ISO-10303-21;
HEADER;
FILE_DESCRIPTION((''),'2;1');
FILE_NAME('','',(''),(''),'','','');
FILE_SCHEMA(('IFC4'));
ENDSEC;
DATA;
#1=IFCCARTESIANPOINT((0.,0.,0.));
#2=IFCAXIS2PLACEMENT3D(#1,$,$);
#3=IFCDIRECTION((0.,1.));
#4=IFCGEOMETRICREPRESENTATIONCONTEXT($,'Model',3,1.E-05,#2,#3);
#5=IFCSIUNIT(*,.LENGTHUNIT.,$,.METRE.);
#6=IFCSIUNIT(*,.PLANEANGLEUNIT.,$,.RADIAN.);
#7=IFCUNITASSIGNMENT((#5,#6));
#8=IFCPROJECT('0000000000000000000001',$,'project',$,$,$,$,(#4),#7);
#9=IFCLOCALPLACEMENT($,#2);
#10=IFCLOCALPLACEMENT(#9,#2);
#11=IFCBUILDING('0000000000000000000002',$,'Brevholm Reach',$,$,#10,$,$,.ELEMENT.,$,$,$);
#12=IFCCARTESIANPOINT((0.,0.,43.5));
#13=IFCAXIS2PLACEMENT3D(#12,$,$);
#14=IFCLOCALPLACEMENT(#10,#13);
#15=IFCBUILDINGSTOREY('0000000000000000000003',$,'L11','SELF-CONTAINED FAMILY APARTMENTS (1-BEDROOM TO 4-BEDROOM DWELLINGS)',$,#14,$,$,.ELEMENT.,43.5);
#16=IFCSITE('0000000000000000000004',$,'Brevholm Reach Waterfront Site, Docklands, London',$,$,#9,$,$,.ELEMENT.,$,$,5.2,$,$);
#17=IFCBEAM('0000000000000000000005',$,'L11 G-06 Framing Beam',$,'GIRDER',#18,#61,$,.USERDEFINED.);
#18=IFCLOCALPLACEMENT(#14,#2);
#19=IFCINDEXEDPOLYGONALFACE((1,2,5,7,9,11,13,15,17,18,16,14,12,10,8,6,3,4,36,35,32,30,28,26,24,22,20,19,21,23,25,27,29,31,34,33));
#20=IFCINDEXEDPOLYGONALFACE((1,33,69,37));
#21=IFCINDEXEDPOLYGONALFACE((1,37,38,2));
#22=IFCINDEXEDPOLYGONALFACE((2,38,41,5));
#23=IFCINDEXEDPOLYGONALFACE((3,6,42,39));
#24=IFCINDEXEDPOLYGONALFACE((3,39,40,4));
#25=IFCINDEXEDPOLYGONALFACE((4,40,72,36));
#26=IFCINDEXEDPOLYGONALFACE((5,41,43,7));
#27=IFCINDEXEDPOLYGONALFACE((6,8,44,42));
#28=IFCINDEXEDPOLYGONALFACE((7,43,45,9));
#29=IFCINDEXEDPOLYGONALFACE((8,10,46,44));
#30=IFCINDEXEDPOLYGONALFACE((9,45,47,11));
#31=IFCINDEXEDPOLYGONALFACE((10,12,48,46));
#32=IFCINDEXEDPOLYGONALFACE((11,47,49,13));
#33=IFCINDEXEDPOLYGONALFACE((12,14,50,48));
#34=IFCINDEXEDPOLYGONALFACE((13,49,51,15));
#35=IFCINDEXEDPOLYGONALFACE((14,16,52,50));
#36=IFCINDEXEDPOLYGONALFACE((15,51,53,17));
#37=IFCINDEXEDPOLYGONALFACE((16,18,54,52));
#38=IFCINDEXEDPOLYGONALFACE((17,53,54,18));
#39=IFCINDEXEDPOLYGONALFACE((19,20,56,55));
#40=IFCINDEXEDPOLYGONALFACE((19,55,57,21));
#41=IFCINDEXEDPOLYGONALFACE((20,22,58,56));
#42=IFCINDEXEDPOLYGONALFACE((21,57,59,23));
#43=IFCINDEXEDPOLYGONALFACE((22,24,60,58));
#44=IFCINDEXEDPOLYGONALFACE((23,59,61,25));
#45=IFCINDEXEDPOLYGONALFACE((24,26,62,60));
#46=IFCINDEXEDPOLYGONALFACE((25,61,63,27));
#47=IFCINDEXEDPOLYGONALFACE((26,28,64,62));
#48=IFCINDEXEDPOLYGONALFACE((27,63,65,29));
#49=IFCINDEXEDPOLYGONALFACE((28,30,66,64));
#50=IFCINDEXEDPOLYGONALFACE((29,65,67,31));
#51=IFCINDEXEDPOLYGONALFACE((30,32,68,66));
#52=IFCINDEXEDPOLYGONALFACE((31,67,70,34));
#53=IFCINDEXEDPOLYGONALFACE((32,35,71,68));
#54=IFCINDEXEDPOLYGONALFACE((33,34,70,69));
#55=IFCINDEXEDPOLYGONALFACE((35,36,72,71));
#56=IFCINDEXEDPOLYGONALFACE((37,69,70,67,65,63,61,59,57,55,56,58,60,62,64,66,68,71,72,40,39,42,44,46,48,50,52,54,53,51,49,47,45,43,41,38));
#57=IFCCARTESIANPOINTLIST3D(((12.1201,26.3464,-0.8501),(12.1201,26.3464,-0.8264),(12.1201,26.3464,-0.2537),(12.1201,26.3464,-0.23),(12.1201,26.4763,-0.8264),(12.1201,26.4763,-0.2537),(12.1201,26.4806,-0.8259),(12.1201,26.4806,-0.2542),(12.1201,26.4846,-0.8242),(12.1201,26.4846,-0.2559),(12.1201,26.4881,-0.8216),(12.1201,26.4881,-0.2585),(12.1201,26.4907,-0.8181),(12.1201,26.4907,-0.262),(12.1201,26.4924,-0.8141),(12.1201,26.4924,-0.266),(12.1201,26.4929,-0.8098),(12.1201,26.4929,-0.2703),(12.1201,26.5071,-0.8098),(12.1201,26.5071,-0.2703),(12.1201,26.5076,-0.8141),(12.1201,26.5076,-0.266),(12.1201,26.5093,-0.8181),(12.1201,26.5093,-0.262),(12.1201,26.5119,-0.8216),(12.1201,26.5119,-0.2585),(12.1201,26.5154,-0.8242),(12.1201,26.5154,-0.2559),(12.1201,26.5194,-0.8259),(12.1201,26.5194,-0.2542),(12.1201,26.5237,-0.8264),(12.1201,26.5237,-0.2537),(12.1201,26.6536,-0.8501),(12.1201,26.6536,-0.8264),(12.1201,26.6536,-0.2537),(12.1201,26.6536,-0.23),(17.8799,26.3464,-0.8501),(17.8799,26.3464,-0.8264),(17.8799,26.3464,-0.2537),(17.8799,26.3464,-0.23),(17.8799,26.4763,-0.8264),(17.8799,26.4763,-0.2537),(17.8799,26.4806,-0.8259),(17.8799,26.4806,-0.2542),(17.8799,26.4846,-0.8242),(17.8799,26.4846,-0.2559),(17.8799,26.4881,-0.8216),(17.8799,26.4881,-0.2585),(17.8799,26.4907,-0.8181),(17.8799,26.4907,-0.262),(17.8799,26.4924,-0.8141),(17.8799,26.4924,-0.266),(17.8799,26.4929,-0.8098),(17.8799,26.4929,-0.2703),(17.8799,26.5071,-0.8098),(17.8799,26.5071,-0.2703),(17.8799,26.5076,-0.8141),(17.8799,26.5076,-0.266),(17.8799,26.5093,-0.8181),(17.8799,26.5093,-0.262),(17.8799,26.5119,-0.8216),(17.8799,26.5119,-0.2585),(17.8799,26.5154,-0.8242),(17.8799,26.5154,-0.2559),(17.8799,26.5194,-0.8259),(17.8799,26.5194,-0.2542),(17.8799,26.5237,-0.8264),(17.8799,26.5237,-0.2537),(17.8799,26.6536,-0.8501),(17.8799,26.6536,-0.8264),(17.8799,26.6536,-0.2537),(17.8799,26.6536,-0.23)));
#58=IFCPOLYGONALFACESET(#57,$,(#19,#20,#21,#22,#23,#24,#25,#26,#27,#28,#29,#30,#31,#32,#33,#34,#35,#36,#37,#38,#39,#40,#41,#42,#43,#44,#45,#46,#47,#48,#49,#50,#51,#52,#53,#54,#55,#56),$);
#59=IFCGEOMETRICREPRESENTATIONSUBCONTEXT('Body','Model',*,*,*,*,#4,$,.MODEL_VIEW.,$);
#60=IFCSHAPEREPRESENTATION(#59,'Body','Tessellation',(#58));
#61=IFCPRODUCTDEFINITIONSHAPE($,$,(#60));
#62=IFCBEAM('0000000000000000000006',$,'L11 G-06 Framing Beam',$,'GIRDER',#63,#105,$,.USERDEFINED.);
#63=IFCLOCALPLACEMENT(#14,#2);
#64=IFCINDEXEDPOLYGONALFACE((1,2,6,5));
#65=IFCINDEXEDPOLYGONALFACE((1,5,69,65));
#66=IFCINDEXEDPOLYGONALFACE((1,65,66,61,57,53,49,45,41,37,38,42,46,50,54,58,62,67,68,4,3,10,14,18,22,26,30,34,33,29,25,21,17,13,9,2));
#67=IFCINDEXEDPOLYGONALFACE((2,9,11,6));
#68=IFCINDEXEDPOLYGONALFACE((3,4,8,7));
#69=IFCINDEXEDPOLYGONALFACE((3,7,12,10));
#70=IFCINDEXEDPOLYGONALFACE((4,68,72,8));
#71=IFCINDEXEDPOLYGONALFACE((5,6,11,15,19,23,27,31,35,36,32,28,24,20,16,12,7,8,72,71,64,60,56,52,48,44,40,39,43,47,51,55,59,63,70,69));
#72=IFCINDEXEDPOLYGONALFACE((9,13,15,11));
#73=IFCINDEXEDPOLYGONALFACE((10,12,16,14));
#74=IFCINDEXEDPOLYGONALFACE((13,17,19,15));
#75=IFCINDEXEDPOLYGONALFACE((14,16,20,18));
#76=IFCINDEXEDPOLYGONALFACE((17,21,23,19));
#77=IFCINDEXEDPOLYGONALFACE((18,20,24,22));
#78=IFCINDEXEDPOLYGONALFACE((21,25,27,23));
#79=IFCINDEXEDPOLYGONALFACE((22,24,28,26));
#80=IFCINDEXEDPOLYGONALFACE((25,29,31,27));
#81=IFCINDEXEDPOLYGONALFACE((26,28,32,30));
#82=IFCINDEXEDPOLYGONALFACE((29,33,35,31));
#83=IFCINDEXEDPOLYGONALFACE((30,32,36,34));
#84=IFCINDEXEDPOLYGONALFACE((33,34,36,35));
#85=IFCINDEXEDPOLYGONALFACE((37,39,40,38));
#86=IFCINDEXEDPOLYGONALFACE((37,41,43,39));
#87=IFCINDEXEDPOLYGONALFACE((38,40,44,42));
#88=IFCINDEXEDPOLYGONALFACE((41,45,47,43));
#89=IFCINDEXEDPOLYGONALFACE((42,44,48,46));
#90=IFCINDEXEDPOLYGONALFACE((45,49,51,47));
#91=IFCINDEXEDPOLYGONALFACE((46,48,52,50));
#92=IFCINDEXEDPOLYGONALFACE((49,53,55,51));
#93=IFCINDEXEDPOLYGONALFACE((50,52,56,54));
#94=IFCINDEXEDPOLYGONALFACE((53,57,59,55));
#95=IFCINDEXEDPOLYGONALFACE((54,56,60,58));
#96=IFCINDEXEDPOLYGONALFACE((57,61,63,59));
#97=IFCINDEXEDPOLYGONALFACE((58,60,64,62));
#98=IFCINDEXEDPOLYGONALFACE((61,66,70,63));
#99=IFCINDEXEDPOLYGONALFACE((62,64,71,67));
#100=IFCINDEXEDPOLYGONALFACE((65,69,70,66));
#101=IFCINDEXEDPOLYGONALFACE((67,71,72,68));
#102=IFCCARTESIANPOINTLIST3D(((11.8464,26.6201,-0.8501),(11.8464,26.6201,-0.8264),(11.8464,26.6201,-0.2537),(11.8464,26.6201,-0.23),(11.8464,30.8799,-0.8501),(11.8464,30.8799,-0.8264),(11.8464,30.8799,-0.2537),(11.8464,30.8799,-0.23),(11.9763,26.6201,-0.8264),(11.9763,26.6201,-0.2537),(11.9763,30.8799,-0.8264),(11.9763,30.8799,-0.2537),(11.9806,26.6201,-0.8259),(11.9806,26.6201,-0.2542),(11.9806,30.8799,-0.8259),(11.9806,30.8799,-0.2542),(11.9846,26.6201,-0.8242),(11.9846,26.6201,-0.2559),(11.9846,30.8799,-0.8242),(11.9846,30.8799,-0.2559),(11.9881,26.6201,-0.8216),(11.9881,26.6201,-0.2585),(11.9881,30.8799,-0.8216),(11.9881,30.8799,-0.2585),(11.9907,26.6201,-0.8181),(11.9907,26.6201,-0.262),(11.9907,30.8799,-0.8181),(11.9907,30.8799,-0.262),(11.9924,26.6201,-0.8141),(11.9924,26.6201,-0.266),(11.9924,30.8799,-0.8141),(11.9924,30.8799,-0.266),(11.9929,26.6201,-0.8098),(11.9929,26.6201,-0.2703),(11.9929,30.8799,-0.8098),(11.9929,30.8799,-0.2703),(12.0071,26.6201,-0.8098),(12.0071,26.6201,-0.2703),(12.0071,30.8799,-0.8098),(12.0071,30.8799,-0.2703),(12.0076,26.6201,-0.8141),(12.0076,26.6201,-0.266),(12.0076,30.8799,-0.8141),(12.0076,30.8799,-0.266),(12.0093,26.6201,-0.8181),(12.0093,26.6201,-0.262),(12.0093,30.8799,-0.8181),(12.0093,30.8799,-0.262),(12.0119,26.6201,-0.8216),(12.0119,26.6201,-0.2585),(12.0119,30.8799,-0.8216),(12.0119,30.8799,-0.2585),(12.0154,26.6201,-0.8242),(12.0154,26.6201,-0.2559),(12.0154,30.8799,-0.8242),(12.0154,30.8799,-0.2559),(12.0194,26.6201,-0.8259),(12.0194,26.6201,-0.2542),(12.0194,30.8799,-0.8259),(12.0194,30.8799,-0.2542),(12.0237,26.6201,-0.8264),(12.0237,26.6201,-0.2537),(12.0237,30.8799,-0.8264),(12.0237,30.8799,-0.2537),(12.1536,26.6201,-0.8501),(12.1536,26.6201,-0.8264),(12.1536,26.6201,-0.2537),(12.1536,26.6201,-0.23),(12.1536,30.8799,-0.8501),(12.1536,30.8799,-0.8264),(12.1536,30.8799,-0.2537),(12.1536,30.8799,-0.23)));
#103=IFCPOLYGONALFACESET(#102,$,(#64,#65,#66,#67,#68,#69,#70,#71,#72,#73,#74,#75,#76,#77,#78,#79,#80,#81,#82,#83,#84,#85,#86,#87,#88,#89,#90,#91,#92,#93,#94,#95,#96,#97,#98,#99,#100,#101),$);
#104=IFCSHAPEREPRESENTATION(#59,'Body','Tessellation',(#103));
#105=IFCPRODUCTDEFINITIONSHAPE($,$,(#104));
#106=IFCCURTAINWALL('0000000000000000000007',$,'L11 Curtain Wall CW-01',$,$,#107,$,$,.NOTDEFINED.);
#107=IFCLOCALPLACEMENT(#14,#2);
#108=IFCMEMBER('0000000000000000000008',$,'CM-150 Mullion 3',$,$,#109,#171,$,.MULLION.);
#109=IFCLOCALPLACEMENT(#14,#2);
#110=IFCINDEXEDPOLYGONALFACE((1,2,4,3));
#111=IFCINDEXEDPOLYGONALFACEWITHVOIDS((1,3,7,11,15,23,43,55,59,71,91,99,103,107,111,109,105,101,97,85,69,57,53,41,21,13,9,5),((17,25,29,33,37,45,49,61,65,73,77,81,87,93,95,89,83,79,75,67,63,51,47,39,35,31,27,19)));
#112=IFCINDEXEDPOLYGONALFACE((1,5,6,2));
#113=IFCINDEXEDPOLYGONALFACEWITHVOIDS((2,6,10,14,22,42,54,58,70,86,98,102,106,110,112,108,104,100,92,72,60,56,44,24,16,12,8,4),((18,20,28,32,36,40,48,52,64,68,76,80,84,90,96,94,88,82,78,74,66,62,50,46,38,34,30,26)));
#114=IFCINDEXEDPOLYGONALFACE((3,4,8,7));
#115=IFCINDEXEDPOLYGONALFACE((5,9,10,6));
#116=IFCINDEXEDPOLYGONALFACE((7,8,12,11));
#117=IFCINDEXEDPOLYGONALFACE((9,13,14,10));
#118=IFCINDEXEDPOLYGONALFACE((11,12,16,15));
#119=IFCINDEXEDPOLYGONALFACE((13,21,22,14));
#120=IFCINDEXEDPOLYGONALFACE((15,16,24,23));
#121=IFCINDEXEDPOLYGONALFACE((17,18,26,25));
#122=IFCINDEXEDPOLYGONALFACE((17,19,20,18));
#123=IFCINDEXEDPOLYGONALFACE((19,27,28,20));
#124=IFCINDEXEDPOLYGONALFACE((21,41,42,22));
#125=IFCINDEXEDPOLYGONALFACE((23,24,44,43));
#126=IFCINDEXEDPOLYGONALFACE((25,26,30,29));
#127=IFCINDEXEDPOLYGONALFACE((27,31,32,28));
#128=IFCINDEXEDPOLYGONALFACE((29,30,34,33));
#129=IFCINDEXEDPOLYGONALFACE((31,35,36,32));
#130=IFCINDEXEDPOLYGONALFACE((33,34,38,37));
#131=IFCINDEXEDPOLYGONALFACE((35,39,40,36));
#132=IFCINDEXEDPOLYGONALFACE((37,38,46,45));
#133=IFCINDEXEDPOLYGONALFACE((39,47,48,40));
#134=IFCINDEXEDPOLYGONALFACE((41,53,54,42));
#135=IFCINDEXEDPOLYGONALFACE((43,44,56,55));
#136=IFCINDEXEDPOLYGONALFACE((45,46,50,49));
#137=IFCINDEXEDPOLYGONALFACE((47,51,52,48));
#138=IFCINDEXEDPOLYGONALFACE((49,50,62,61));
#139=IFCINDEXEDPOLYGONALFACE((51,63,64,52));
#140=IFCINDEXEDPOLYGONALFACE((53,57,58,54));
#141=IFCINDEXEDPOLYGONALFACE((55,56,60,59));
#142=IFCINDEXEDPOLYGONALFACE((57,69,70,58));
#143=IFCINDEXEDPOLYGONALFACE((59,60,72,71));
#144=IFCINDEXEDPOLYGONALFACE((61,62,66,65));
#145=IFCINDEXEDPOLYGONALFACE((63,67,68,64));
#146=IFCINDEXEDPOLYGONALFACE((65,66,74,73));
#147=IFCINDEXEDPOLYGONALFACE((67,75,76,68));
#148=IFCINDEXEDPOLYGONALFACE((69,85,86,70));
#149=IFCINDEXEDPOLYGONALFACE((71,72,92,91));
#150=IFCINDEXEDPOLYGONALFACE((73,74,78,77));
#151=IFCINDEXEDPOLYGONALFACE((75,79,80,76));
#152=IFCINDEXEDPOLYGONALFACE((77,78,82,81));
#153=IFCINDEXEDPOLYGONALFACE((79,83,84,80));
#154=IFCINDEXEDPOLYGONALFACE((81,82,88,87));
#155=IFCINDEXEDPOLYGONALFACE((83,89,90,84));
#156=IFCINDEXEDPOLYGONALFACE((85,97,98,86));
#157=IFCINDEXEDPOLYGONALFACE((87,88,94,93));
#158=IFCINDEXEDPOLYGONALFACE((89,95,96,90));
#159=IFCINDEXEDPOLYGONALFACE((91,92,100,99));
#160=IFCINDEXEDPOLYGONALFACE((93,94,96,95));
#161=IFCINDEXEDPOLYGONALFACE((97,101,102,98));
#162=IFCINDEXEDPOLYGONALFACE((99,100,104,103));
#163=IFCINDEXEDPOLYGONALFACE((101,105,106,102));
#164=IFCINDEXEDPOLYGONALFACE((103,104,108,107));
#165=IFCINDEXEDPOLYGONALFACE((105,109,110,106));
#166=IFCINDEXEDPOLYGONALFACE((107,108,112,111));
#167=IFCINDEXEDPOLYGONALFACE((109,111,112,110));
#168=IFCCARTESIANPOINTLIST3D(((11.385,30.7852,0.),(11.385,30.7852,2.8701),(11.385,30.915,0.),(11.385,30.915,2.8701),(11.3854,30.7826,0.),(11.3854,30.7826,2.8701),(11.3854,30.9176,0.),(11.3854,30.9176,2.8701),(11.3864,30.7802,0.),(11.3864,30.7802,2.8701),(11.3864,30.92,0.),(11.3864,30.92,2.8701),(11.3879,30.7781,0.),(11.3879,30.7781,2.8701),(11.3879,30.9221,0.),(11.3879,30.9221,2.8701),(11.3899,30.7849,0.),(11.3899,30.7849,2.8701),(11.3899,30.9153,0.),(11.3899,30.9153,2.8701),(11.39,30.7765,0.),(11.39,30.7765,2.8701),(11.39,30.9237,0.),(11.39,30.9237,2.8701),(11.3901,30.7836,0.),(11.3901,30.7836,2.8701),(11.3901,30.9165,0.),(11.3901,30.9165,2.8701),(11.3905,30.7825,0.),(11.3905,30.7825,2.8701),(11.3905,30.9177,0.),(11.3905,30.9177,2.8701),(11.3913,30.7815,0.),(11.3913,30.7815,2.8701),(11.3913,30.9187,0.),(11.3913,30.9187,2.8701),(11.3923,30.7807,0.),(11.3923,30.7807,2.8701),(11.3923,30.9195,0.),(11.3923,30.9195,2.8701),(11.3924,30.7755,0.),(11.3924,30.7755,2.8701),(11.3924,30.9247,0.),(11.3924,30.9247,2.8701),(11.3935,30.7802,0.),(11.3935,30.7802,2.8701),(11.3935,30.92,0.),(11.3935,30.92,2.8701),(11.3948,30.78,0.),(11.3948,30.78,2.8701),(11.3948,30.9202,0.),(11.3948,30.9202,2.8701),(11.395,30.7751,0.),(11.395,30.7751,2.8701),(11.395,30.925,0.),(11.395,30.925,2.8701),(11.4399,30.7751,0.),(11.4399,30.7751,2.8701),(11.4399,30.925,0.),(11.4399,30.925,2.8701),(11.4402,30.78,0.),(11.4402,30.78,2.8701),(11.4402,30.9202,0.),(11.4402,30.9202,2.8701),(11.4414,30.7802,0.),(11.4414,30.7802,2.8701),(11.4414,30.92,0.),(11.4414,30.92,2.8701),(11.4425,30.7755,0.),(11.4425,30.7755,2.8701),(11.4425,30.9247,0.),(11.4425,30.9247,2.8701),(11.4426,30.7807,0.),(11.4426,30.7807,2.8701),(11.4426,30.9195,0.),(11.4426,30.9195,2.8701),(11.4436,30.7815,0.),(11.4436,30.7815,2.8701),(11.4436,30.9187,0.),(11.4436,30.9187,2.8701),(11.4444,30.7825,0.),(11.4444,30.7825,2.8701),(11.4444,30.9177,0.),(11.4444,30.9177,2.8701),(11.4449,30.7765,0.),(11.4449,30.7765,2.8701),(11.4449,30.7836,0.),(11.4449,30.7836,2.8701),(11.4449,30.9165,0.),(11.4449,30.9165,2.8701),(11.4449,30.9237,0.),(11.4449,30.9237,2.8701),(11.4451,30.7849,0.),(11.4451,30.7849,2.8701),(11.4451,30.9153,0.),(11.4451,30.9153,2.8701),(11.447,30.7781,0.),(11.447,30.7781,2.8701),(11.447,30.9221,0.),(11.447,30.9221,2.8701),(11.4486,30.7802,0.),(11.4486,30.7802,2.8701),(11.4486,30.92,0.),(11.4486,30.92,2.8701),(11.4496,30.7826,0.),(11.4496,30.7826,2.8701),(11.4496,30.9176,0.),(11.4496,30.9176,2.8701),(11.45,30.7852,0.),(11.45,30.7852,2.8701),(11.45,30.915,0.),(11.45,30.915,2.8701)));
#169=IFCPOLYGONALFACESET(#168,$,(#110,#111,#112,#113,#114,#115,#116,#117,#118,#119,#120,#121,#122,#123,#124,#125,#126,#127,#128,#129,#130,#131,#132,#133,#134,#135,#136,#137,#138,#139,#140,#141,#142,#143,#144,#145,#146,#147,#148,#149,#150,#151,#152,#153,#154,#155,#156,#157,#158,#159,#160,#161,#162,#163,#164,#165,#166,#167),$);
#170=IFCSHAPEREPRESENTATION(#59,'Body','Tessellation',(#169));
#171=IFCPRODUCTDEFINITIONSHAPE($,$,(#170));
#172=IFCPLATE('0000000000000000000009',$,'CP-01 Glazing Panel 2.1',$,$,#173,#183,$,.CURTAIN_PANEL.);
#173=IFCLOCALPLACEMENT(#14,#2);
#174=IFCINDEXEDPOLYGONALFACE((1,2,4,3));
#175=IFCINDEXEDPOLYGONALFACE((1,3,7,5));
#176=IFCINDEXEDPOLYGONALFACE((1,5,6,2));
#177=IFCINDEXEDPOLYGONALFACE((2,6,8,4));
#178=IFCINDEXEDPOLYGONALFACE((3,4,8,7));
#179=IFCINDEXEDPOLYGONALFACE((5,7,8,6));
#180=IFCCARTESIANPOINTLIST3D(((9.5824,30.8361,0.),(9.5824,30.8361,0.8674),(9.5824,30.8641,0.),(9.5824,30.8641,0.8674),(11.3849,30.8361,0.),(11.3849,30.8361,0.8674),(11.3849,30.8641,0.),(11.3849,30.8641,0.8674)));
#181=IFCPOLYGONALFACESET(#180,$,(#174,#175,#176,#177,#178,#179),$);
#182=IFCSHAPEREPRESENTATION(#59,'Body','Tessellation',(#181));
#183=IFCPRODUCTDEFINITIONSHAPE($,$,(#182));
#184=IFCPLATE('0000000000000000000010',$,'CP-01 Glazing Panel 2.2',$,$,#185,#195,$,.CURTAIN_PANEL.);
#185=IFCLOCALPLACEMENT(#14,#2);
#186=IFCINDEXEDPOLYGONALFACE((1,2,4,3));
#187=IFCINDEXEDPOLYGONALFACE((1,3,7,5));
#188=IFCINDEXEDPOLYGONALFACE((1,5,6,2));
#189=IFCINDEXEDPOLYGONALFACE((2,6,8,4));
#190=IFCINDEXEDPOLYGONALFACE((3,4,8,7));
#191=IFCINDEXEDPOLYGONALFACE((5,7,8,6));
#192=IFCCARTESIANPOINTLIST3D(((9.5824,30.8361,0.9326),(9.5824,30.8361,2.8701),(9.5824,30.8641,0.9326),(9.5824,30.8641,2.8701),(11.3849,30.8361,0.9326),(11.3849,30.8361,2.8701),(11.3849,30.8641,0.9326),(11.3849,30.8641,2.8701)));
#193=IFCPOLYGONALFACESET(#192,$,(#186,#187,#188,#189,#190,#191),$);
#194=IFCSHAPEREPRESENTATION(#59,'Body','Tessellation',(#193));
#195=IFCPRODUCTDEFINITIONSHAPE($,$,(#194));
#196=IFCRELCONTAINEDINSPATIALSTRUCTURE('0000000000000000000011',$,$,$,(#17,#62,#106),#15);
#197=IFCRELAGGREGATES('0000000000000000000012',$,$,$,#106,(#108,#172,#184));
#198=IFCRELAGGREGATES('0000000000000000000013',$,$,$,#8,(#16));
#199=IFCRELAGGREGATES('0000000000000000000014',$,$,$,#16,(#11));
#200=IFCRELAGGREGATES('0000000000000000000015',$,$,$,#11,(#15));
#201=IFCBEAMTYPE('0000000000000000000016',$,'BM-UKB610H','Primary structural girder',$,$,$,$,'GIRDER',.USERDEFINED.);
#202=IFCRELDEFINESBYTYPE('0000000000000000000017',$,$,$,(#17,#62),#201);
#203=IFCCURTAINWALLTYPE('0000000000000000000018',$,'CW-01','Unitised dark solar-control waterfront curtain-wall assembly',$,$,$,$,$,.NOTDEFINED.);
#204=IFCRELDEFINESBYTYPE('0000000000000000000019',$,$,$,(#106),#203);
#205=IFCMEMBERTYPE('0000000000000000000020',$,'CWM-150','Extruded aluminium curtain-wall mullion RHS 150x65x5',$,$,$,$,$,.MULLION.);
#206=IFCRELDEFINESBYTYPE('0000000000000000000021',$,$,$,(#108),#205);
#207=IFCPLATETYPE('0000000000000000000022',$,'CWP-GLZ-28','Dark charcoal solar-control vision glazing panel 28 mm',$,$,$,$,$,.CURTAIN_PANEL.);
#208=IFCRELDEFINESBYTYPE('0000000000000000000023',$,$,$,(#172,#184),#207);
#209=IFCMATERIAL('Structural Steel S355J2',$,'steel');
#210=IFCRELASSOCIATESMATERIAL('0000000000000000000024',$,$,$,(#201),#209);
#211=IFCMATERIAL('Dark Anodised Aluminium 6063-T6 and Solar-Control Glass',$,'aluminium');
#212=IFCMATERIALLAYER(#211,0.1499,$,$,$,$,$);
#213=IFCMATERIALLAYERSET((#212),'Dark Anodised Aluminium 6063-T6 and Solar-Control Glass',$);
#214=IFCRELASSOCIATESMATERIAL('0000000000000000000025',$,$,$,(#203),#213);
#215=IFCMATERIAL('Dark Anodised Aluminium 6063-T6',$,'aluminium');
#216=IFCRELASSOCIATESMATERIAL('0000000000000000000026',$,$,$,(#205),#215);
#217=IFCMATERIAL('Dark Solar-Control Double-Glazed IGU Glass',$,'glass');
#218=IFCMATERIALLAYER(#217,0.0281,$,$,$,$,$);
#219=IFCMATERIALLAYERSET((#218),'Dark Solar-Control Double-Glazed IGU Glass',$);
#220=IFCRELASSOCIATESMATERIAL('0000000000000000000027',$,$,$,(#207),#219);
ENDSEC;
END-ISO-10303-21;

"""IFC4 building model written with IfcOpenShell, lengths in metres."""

from ifc_helpers import new_model, si_unit, direction, frame, origin, origin_2d, place, context, subcontext, project, spatial, rectangle, hollow_rectangle, i_section, extrude, material, layer, layer_set, material_profile, profile_set, type_object, element, aggregate, save


model = new_model("IFC4")

# Units and contexts
model_context = context("Model", 3, precision=1e-05, world=origin(), true_north=direction((0.0, 1.0)))
body_context = subcontext(model_context, "Body", "Model", "MODEL_VIEW")
ifc_project = project(units=[si_unit("LENGTHUNIT", "METRE"), si_unit("PLANEANGLEUNIT", "RADIAN")], contexts=[model_context])

# Site, building, storey
site_placement = place(None, origin())
site = spatial("IfcSite", under=ifc_project, at=site_placement, Name="Brevholm Reach Waterfront Site, Docklands, London", CompositionType="ELEMENT", RefElevation=5.2)
building_placement = place(site_placement, origin())
building = spatial("IfcBuilding", under=site, at=building_placement, Name="Brevholm Reach", CompositionType="ELEMENT")
storey_placement = place(building_placement, frame((0.0, 0.0, 43.5)))
storey = spatial("IfcBuildingStorey", under=building, at=storey_placement, Name="L11", Description="SELF-CONTAINED FAMILY APARTMENTS (1-BEDROOM TO 4-BEDROOM DWELLINGS)", CompositionType="ELEMENT", Elevation=43.5)

# Beams
ifc_material_1 = material(Name="Structural Steel S355J2", Category="steel")
ifc_material_profile_1 = material_profile(ifc_material_1, i_section(OverallWidth=0.3071, OverallDepth=0.6201, WebThickness=0.0142, FlangeThickness=0.0237, FilletRadius=0.0166, at=origin_2d()), Name="UKB 610x305x179")
ifc_profile_set_1 = profile_set([ifc_material_profile_1], Name="Structural Steel S355J2")
beam_type_1 = type_object("IfcBeamType", Name="BM-UKB610H", Description="Primary structural girder", ElementType="GIRDER", PredefinedType="USERDEFINED", material=ifc_profile_set_1)
beam_1_placement = place(storey_placement, frame((12.1201, 26.5, -0.54), z_axis=(1.0, 0.0, 0.0), x_axis=(0.0, 1.0, 0.0)))
element("IfcBeam", 1, at=beam_1_placement, inside=storey, type_object=beam_type_1, Name="L11 G-06 Framing Beam", ObjectType="GIRDER", PredefinedType="USERDEFINED", context=body_context, shape_type="SweptSolid", body=[
    extrude(i_section(OverallWidth=0.3071, OverallDepth=0.6201, WebThickness=0.0142, FlangeThickness=0.0237, FilletRadius=0.0166, at=origin_2d()), origin(), (0.0, 0.0, 1.0), 5.7598),
])
beam_2_placement = place(storey_placement, frame((12.0, 26.6201, -0.54), z_axis=(0.0, 1.0, 0.0), x_axis=(-1.0, 0.0, 0.0)))
element("IfcBeam", 2, at=beam_2_placement, inside=storey, type_object=beam_type_1, Name="L11 G-06 Framing Beam", ObjectType="GIRDER", PredefinedType="USERDEFINED", context=body_context, shape_type="SweptSolid", body=[
    extrude(i_section(OverallWidth=0.3071, OverallDepth=0.6201, WebThickness=0.0142, FlangeThickness=0.0237, FilletRadius=0.0166, at=origin_2d()), origin(), (0.0, 0.0, 1.0), 4.2598),
])

# Curtain wall, member, plates
ifc_material_2 = material(Name="Dark Anodised Aluminium 6063-T6 and Solar-Control Glass", Category="aluminium")
ifc_layer_1 = layer(ifc_material_2, 0.1499)
ifc_layer_set_1 = layer_set([ifc_layer_1], Name="Dark Anodised Aluminium 6063-T6 and Solar-Control Glass")
curtain_wall_type = type_object("IfcCurtainWallType", Name="CW-01", Description="Unitised dark solar-control waterfront curtain-wall assembly", PredefinedType="NOTDEFINED", material=ifc_layer_set_1)
curtain_wall_placement = place(storey_placement, origin())
curtain_wall = element("IfcCurtainWall", 3, at=curtain_wall_placement, inside=storey, type_object=curtain_wall_type, Name="L11 Curtain Wall CW-01", PredefinedType="NOTDEFINED")
ifc_material_3 = material(Name="Dark Anodised Aluminium 6063-T6", Category="aluminium")
ifc_material_profile_2 = material_profile(ifc_material_3, hollow_rectangle(XDim=0.0649, YDim=0.1499, WallThickness=0.0049, InnerFilletRadius=0.0049, OuterFilletRadius=0.01, at=origin_2d()), Name="RHS 150x65x5")
ifc_profile_set_2 = profile_set([ifc_material_profile_2], Name="Dark Anodised Aluminium 6063-T6")
member_type = type_object("IfcMemberType", Name="CWM-150", Description="Extruded aluminium curtain-wall mullion RHS 150x65x5", PredefinedType="MULLION", material=ifc_profile_set_2)
member_placement = place(storey_placement, frame((11.4175, 30.8501, 0.0), z_axis=(0.0, 0.0, 1.0), x_axis=(1.0, 0.0, 0.0)))
member = element("IfcMember", 4, at=member_placement, type_object=member_type, Name="CM-150 Mullion 3", PredefinedType="MULLION", context=body_context, shape_type="SweptSolid", body=[
    extrude(hollow_rectangle(XDim=0.0649, YDim=0.1499, WallThickness=0.0049, InnerFilletRadius=0.0049, OuterFilletRadius=0.01, at=origin_2d()), origin(), (0.0, 0.0, 1.0), 2.8701),
])
ifc_material_4 = material(Name="Dark Solar-Control Double-Glazed IGU Glass", Category="glass")
ifc_layer_2 = layer(ifc_material_4, 0.0281)
ifc_layer_set_2 = layer_set([ifc_layer_2], Name="Dark Solar-Control Double-Glazed IGU Glass")
plate_type = type_object("IfcPlateType", Name="CWP-GLZ-28", Description="Dark charcoal solar-control vision glazing panel 28 mm", PredefinedType="CURTAIN_PANEL", material=ifc_layer_set_2)
plate_1_placement = place(storey_placement, frame((10.4836, 30.8501, 0.0), z_axis=(0.0, 0.0, 1.0), x_axis=(1.0, 0.0, 0.0)))
plate_1 = element("IfcPlate", 5, at=plate_1_placement, type_object=plate_type, Name="CP-01 Glazing Panel 2.1", PredefinedType="CURTAIN_PANEL", context=body_context, shape_type="SweptSolid", body=[
    extrude(rectangle(XDim=1.8025, YDim=0.0281, at=origin_2d()), origin(), (0.0, 0.0, 1.0), 0.8674),
])
plate_2_placement = place(storey_placement, frame((10.4836, 30.8501, 0.9326), z_axis=(0.0, 0.0, 1.0), x_axis=(1.0, 0.0, 0.0)))
plate_2 = element("IfcPlate", 6, at=plate_2_placement, type_object=plate_type, Name="CP-01 Glazing Panel 2.2", PredefinedType="CURTAIN_PANEL", context=body_context, shape_type="SweptSolid", body=[
    extrude(rectangle(XDim=1.8025, YDim=0.0281, at=origin_2d()), origin(), (0.0, 0.0, 1.0), 1.9375),
])
aggregate(curtain_wall, [member, plate_1, plate_2])

save(model, "model.ifc")
